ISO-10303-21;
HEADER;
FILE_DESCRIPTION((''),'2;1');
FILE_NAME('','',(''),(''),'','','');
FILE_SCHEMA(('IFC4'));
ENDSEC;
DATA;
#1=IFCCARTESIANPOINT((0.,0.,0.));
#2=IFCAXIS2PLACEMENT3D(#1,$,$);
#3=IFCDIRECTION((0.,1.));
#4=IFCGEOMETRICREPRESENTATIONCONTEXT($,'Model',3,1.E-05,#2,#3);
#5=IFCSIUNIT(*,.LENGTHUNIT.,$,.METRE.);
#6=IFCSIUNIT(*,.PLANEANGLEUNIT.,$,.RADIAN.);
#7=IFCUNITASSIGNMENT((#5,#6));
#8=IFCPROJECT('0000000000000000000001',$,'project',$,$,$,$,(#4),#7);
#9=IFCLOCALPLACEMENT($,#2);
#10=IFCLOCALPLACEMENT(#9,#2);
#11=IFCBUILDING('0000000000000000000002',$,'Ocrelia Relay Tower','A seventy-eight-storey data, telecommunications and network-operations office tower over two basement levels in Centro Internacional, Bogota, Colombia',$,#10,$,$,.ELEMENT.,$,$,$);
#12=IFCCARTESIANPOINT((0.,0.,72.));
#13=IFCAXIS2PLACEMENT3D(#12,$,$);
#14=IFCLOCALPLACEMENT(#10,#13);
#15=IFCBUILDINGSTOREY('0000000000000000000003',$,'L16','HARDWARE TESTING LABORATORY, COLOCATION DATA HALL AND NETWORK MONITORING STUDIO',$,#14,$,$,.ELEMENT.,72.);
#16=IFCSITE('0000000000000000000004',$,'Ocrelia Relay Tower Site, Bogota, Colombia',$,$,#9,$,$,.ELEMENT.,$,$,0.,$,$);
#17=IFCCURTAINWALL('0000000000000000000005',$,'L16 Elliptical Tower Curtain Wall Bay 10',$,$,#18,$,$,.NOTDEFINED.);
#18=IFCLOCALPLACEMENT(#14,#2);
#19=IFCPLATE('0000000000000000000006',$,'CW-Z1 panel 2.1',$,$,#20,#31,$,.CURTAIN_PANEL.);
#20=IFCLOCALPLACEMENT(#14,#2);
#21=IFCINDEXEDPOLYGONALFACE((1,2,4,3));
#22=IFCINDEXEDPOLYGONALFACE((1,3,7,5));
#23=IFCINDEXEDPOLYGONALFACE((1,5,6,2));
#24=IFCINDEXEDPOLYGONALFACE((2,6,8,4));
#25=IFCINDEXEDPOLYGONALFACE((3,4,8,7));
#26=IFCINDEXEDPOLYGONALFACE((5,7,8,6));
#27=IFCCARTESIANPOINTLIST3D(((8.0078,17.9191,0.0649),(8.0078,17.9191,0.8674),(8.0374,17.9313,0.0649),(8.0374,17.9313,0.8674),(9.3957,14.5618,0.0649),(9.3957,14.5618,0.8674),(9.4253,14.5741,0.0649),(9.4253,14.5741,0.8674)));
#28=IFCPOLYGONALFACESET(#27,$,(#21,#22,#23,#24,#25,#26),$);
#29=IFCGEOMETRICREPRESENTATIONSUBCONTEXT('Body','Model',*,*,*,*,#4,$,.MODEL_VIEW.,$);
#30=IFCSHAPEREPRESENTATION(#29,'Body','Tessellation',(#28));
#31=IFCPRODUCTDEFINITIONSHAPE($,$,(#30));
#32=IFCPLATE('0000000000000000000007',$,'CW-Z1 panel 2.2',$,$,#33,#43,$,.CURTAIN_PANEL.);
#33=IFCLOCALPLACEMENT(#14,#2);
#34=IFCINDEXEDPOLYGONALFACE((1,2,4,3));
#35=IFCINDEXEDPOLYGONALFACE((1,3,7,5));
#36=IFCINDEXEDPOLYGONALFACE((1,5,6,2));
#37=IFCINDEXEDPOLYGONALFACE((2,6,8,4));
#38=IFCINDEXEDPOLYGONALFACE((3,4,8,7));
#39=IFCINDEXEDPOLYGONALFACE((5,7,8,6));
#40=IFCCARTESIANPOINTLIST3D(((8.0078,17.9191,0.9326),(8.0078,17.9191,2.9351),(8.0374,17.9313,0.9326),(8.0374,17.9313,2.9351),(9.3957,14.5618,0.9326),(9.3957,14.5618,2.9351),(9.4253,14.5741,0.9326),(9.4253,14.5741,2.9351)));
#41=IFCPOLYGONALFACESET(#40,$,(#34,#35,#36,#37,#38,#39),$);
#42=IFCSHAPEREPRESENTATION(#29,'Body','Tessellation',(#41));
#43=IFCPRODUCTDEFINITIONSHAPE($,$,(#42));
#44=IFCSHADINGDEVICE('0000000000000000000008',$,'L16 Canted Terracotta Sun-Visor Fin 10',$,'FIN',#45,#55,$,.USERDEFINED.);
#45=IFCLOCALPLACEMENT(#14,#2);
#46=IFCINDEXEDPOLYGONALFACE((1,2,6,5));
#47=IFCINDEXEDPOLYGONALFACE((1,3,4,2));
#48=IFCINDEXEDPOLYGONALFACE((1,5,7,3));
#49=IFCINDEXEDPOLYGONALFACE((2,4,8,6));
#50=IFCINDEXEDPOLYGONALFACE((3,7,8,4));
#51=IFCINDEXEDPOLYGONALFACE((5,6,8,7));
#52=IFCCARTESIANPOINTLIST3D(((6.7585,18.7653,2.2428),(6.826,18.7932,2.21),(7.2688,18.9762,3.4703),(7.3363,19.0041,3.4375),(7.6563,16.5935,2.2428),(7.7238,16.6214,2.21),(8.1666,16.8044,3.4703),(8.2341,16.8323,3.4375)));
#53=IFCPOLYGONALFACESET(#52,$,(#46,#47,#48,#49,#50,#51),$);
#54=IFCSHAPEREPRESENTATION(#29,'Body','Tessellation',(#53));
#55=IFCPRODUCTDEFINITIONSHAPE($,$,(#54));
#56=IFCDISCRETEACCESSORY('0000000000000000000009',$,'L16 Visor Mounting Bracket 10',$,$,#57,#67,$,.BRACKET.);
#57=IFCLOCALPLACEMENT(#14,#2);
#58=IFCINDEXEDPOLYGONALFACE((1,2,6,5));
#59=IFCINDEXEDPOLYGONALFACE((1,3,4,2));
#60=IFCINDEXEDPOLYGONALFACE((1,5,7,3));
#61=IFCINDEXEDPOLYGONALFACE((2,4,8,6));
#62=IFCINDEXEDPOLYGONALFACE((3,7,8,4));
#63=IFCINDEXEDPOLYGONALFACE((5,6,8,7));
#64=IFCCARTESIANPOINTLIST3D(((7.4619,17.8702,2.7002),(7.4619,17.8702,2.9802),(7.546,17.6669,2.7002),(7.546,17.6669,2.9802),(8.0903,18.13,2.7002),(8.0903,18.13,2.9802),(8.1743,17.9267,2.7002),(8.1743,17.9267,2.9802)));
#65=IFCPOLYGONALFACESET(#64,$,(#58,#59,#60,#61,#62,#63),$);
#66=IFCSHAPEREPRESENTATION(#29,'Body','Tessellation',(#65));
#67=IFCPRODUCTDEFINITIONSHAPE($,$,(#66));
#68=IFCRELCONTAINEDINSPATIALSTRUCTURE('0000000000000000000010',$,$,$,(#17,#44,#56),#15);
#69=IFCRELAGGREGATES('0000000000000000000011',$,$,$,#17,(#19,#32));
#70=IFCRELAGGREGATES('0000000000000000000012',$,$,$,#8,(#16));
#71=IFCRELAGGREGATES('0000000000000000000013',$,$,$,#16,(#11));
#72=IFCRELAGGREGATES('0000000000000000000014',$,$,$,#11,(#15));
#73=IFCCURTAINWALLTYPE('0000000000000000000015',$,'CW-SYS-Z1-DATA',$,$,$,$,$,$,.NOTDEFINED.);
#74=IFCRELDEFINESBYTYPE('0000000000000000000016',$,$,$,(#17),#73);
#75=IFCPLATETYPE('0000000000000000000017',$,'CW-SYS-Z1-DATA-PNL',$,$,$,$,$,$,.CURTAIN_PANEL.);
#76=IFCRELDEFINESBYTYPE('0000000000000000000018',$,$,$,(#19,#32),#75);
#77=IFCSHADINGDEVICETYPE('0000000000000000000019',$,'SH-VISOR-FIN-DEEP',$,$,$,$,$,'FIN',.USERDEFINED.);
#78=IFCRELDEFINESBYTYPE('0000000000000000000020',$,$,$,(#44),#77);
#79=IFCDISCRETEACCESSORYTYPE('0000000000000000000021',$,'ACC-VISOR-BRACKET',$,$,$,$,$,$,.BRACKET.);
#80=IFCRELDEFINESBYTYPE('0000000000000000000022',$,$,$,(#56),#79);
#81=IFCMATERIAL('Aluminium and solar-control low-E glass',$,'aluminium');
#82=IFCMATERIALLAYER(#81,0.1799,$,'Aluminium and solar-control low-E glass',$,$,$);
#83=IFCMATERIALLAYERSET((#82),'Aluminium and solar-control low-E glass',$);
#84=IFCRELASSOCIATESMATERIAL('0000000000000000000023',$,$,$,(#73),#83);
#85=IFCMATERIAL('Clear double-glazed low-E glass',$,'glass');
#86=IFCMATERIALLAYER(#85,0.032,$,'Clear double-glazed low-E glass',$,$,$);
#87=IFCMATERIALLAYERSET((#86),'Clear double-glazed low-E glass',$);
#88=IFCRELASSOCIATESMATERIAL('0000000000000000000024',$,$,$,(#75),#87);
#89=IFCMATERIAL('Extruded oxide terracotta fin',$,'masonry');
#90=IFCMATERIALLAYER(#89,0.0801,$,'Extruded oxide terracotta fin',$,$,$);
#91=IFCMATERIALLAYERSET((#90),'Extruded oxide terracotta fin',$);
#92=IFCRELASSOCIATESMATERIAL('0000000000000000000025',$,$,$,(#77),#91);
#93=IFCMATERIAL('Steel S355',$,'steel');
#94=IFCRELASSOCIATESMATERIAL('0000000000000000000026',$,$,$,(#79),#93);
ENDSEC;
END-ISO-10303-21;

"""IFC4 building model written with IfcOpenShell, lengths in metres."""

from ifc_helpers import new_model, si_unit, direction, frame, origin, origin_2d, place, context, subcontext, project, spatial, rectangle, extrude, material, layer, layer_set, type_object, element, aggregate, save


model = new_model("IFC4")

# Units and contexts
model_context = context("Model", 3, precision=1e-05, world=origin(), true_north=direction((0.0, 1.0)))
body_context = subcontext(model_context, "Body", "Model", "MODEL_VIEW")
ifc_project = project(units=[si_unit("LENGTHUNIT", "METRE"), si_unit("PLANEANGLEUNIT", "RADIAN")], contexts=[model_context])

# Site, building, storey
site_placement = place(None, origin())
site = spatial("IfcSite", under=ifc_project, at=site_placement, Name="Ocrelia Relay Tower Site, Bogota, Colombia", CompositionType="ELEMENT", RefElevation=0.0)
building_placement = place(site_placement, origin())
building = spatial("IfcBuilding", under=site, at=building_placement, Name="Ocrelia Relay Tower", Description="A seventy-eight-storey data, telecommunications and network-operations office tower over two basement levels in Centro Internacional, Bogota, Colombia", CompositionType="ELEMENT")
storey_placement = place(building_placement, frame((0.0, 0.0, 72.0)))
storey = spatial("IfcBuildingStorey", under=building, at=storey_placement, Name="L16", Description="HARDWARE TESTING LABORATORY, COLOCATION DATA HALL AND NETWORK MONITORING STUDIO", CompositionType="ELEMENT", Elevation=72.0)

# Shared definitions
ifc_material_1 = material(Name="Steel S355", Category="steel")

# Shared definitions
ifc_material_2 = material(Name="Aluminium and solar-control low-E glass", Category="aluminium")
ifc_layer_1 = layer(ifc_material_2, 0.1799, Name="Aluminium and solar-control low-E glass")
ifc_layer_set_1 = layer_set([ifc_layer_1], Name="Aluminium and solar-control low-E glass")
curtain_wall_type = type_object("IfcCurtainWallType", Name="CW-SYS-Z1-DATA", PredefinedType="NOTDEFINED", material=ifc_layer_set_1)

# Curtain wall
curtain_wall_1_placement = place(storey_placement, origin())
curtain_wall_1 = element("IfcCurtainWall", 1, at=curtain_wall_1_placement, inside=storey, type_object=curtain_wall_type, Name="L16 Elliptical Tower Curtain Wall Bay 10", PredefinedType="NOTDEFINED")

# Plates
ifc_material_3 = material(Name="Clear double-glazed low-E glass", Category="glass")
ifc_layer_2 = layer(ifc_material_3, 0.032, Name="Clear double-glazed low-E glass")
ifc_layer_set_2 = layer_set([ifc_layer_2], Name="Clear double-glazed low-E glass")
plate_type = type_object("IfcPlateType", Name="CW-SYS-Z1-DATA-PNL", PredefinedType="CURTAIN_PANEL", material=ifc_layer_set_2)
plate_1_placement = place(storey_placement, frame((8.7166, 16.2466, 0.0649), z_axis=(0.0, 0.0, 1.0), x_axis=(0.382038, -0.924147, 0.0)))
plate_1 = element("IfcPlate", 2, at=plate_1_placement, type_object=plate_type, Name="CW-Z1 panel 2.1", PredefinedType="CURTAIN_PANEL", context=body_context, shape_type="SweptSolid", body=[
    extrude(rectangle(XDim=3.6328, YDim=0.032, at=origin_2d()), origin(), (0.0, 0.0, 1.0), 0.8025),
])
plate_2_placement = place(storey_placement, frame((8.7166, 16.2466, 0.9326), z_axis=(0.0, 0.0, 1.0), x_axis=(0.382038, -0.924147, 0.0)))
plate_2 = element("IfcPlate", 3, at=plate_2_placement, type_object=plate_type, Name="CW-Z1 panel 2.2", PredefinedType="CURTAIN_PANEL", context=body_context, shape_type="SweptSolid", body=[
    extrude(rectangle(XDim=3.6328, YDim=0.032, at=origin_2d()), origin(), (0.0, 0.0, 1.0), 2.0024),
])
aggregate(curtain_wall_1, [plate_1, plate_2])

# Shading device
ifc_material_4 = material(Name="Extruded oxide terracotta fin", Category="masonry")
ifc_layer_3 = layer(ifc_material_4, 0.0801, Name="Extruded oxide terracotta fin")
ifc_layer_set_3 = layer_set([ifc_layer_3], Name="Extruded oxide terracotta fin")
shading_device_type = type_object("IfcShadingDeviceType", Name="SH-VISOR-FIN-DEEP", ElementType="FIN", PredefinedType="USERDEFINED", material=ifc_layer_set_3)
shading_device_placement = place(storey_placement, frame((7.53, 17.8127, 2.8237), z_axis=(-0.8428, -0.34841, 0.410241), x_axis=(0.382038, -0.924147, 0.0)))
element("IfcShadingDevice", 4, at=shading_device_placement, inside=storey, type_object=shading_device_type, Name="L16 Canted Terracotta Sun-Visor Fin 10", ObjectType="FIN", PredefinedType="USERDEFINED", context=body_context, shape_type="SweptSolid", body=[
    extrude(rectangle(XDim=2.3501, YDim=1.3459, at=origin_2d()), origin(), (0.0, 0.0, 1.0), 0.0801),
])

# Discrete accessory
discrete_accessory_type = type_object("IfcDiscreteAccessoryType", Name="ACC-VISOR-BRACKET", PredefinedType="BRACKET", material=ifc_material_1)
discrete_accessory_placement = place(storey_placement, frame((7.8181, 17.8984, 2.7002), z_axis=(0.0, 0.0, 1.0), x_axis=(0.382038, -0.924147, 0.0)))
element("IfcDiscreteAccessory", 5, at=discrete_accessory_placement, inside=storey, type_object=discrete_accessory_type, Name="L16 Visor Mounting Bracket 10", PredefinedType="BRACKET", context=body_context, shape_type="SweptSolid", body=[
    extrude(rectangle(XDim=0.22, YDim=0.6799, at=origin_2d()), origin(), (0.0, 0.0, 1.0), 0.28),
])

save(model, "model.ifc")
